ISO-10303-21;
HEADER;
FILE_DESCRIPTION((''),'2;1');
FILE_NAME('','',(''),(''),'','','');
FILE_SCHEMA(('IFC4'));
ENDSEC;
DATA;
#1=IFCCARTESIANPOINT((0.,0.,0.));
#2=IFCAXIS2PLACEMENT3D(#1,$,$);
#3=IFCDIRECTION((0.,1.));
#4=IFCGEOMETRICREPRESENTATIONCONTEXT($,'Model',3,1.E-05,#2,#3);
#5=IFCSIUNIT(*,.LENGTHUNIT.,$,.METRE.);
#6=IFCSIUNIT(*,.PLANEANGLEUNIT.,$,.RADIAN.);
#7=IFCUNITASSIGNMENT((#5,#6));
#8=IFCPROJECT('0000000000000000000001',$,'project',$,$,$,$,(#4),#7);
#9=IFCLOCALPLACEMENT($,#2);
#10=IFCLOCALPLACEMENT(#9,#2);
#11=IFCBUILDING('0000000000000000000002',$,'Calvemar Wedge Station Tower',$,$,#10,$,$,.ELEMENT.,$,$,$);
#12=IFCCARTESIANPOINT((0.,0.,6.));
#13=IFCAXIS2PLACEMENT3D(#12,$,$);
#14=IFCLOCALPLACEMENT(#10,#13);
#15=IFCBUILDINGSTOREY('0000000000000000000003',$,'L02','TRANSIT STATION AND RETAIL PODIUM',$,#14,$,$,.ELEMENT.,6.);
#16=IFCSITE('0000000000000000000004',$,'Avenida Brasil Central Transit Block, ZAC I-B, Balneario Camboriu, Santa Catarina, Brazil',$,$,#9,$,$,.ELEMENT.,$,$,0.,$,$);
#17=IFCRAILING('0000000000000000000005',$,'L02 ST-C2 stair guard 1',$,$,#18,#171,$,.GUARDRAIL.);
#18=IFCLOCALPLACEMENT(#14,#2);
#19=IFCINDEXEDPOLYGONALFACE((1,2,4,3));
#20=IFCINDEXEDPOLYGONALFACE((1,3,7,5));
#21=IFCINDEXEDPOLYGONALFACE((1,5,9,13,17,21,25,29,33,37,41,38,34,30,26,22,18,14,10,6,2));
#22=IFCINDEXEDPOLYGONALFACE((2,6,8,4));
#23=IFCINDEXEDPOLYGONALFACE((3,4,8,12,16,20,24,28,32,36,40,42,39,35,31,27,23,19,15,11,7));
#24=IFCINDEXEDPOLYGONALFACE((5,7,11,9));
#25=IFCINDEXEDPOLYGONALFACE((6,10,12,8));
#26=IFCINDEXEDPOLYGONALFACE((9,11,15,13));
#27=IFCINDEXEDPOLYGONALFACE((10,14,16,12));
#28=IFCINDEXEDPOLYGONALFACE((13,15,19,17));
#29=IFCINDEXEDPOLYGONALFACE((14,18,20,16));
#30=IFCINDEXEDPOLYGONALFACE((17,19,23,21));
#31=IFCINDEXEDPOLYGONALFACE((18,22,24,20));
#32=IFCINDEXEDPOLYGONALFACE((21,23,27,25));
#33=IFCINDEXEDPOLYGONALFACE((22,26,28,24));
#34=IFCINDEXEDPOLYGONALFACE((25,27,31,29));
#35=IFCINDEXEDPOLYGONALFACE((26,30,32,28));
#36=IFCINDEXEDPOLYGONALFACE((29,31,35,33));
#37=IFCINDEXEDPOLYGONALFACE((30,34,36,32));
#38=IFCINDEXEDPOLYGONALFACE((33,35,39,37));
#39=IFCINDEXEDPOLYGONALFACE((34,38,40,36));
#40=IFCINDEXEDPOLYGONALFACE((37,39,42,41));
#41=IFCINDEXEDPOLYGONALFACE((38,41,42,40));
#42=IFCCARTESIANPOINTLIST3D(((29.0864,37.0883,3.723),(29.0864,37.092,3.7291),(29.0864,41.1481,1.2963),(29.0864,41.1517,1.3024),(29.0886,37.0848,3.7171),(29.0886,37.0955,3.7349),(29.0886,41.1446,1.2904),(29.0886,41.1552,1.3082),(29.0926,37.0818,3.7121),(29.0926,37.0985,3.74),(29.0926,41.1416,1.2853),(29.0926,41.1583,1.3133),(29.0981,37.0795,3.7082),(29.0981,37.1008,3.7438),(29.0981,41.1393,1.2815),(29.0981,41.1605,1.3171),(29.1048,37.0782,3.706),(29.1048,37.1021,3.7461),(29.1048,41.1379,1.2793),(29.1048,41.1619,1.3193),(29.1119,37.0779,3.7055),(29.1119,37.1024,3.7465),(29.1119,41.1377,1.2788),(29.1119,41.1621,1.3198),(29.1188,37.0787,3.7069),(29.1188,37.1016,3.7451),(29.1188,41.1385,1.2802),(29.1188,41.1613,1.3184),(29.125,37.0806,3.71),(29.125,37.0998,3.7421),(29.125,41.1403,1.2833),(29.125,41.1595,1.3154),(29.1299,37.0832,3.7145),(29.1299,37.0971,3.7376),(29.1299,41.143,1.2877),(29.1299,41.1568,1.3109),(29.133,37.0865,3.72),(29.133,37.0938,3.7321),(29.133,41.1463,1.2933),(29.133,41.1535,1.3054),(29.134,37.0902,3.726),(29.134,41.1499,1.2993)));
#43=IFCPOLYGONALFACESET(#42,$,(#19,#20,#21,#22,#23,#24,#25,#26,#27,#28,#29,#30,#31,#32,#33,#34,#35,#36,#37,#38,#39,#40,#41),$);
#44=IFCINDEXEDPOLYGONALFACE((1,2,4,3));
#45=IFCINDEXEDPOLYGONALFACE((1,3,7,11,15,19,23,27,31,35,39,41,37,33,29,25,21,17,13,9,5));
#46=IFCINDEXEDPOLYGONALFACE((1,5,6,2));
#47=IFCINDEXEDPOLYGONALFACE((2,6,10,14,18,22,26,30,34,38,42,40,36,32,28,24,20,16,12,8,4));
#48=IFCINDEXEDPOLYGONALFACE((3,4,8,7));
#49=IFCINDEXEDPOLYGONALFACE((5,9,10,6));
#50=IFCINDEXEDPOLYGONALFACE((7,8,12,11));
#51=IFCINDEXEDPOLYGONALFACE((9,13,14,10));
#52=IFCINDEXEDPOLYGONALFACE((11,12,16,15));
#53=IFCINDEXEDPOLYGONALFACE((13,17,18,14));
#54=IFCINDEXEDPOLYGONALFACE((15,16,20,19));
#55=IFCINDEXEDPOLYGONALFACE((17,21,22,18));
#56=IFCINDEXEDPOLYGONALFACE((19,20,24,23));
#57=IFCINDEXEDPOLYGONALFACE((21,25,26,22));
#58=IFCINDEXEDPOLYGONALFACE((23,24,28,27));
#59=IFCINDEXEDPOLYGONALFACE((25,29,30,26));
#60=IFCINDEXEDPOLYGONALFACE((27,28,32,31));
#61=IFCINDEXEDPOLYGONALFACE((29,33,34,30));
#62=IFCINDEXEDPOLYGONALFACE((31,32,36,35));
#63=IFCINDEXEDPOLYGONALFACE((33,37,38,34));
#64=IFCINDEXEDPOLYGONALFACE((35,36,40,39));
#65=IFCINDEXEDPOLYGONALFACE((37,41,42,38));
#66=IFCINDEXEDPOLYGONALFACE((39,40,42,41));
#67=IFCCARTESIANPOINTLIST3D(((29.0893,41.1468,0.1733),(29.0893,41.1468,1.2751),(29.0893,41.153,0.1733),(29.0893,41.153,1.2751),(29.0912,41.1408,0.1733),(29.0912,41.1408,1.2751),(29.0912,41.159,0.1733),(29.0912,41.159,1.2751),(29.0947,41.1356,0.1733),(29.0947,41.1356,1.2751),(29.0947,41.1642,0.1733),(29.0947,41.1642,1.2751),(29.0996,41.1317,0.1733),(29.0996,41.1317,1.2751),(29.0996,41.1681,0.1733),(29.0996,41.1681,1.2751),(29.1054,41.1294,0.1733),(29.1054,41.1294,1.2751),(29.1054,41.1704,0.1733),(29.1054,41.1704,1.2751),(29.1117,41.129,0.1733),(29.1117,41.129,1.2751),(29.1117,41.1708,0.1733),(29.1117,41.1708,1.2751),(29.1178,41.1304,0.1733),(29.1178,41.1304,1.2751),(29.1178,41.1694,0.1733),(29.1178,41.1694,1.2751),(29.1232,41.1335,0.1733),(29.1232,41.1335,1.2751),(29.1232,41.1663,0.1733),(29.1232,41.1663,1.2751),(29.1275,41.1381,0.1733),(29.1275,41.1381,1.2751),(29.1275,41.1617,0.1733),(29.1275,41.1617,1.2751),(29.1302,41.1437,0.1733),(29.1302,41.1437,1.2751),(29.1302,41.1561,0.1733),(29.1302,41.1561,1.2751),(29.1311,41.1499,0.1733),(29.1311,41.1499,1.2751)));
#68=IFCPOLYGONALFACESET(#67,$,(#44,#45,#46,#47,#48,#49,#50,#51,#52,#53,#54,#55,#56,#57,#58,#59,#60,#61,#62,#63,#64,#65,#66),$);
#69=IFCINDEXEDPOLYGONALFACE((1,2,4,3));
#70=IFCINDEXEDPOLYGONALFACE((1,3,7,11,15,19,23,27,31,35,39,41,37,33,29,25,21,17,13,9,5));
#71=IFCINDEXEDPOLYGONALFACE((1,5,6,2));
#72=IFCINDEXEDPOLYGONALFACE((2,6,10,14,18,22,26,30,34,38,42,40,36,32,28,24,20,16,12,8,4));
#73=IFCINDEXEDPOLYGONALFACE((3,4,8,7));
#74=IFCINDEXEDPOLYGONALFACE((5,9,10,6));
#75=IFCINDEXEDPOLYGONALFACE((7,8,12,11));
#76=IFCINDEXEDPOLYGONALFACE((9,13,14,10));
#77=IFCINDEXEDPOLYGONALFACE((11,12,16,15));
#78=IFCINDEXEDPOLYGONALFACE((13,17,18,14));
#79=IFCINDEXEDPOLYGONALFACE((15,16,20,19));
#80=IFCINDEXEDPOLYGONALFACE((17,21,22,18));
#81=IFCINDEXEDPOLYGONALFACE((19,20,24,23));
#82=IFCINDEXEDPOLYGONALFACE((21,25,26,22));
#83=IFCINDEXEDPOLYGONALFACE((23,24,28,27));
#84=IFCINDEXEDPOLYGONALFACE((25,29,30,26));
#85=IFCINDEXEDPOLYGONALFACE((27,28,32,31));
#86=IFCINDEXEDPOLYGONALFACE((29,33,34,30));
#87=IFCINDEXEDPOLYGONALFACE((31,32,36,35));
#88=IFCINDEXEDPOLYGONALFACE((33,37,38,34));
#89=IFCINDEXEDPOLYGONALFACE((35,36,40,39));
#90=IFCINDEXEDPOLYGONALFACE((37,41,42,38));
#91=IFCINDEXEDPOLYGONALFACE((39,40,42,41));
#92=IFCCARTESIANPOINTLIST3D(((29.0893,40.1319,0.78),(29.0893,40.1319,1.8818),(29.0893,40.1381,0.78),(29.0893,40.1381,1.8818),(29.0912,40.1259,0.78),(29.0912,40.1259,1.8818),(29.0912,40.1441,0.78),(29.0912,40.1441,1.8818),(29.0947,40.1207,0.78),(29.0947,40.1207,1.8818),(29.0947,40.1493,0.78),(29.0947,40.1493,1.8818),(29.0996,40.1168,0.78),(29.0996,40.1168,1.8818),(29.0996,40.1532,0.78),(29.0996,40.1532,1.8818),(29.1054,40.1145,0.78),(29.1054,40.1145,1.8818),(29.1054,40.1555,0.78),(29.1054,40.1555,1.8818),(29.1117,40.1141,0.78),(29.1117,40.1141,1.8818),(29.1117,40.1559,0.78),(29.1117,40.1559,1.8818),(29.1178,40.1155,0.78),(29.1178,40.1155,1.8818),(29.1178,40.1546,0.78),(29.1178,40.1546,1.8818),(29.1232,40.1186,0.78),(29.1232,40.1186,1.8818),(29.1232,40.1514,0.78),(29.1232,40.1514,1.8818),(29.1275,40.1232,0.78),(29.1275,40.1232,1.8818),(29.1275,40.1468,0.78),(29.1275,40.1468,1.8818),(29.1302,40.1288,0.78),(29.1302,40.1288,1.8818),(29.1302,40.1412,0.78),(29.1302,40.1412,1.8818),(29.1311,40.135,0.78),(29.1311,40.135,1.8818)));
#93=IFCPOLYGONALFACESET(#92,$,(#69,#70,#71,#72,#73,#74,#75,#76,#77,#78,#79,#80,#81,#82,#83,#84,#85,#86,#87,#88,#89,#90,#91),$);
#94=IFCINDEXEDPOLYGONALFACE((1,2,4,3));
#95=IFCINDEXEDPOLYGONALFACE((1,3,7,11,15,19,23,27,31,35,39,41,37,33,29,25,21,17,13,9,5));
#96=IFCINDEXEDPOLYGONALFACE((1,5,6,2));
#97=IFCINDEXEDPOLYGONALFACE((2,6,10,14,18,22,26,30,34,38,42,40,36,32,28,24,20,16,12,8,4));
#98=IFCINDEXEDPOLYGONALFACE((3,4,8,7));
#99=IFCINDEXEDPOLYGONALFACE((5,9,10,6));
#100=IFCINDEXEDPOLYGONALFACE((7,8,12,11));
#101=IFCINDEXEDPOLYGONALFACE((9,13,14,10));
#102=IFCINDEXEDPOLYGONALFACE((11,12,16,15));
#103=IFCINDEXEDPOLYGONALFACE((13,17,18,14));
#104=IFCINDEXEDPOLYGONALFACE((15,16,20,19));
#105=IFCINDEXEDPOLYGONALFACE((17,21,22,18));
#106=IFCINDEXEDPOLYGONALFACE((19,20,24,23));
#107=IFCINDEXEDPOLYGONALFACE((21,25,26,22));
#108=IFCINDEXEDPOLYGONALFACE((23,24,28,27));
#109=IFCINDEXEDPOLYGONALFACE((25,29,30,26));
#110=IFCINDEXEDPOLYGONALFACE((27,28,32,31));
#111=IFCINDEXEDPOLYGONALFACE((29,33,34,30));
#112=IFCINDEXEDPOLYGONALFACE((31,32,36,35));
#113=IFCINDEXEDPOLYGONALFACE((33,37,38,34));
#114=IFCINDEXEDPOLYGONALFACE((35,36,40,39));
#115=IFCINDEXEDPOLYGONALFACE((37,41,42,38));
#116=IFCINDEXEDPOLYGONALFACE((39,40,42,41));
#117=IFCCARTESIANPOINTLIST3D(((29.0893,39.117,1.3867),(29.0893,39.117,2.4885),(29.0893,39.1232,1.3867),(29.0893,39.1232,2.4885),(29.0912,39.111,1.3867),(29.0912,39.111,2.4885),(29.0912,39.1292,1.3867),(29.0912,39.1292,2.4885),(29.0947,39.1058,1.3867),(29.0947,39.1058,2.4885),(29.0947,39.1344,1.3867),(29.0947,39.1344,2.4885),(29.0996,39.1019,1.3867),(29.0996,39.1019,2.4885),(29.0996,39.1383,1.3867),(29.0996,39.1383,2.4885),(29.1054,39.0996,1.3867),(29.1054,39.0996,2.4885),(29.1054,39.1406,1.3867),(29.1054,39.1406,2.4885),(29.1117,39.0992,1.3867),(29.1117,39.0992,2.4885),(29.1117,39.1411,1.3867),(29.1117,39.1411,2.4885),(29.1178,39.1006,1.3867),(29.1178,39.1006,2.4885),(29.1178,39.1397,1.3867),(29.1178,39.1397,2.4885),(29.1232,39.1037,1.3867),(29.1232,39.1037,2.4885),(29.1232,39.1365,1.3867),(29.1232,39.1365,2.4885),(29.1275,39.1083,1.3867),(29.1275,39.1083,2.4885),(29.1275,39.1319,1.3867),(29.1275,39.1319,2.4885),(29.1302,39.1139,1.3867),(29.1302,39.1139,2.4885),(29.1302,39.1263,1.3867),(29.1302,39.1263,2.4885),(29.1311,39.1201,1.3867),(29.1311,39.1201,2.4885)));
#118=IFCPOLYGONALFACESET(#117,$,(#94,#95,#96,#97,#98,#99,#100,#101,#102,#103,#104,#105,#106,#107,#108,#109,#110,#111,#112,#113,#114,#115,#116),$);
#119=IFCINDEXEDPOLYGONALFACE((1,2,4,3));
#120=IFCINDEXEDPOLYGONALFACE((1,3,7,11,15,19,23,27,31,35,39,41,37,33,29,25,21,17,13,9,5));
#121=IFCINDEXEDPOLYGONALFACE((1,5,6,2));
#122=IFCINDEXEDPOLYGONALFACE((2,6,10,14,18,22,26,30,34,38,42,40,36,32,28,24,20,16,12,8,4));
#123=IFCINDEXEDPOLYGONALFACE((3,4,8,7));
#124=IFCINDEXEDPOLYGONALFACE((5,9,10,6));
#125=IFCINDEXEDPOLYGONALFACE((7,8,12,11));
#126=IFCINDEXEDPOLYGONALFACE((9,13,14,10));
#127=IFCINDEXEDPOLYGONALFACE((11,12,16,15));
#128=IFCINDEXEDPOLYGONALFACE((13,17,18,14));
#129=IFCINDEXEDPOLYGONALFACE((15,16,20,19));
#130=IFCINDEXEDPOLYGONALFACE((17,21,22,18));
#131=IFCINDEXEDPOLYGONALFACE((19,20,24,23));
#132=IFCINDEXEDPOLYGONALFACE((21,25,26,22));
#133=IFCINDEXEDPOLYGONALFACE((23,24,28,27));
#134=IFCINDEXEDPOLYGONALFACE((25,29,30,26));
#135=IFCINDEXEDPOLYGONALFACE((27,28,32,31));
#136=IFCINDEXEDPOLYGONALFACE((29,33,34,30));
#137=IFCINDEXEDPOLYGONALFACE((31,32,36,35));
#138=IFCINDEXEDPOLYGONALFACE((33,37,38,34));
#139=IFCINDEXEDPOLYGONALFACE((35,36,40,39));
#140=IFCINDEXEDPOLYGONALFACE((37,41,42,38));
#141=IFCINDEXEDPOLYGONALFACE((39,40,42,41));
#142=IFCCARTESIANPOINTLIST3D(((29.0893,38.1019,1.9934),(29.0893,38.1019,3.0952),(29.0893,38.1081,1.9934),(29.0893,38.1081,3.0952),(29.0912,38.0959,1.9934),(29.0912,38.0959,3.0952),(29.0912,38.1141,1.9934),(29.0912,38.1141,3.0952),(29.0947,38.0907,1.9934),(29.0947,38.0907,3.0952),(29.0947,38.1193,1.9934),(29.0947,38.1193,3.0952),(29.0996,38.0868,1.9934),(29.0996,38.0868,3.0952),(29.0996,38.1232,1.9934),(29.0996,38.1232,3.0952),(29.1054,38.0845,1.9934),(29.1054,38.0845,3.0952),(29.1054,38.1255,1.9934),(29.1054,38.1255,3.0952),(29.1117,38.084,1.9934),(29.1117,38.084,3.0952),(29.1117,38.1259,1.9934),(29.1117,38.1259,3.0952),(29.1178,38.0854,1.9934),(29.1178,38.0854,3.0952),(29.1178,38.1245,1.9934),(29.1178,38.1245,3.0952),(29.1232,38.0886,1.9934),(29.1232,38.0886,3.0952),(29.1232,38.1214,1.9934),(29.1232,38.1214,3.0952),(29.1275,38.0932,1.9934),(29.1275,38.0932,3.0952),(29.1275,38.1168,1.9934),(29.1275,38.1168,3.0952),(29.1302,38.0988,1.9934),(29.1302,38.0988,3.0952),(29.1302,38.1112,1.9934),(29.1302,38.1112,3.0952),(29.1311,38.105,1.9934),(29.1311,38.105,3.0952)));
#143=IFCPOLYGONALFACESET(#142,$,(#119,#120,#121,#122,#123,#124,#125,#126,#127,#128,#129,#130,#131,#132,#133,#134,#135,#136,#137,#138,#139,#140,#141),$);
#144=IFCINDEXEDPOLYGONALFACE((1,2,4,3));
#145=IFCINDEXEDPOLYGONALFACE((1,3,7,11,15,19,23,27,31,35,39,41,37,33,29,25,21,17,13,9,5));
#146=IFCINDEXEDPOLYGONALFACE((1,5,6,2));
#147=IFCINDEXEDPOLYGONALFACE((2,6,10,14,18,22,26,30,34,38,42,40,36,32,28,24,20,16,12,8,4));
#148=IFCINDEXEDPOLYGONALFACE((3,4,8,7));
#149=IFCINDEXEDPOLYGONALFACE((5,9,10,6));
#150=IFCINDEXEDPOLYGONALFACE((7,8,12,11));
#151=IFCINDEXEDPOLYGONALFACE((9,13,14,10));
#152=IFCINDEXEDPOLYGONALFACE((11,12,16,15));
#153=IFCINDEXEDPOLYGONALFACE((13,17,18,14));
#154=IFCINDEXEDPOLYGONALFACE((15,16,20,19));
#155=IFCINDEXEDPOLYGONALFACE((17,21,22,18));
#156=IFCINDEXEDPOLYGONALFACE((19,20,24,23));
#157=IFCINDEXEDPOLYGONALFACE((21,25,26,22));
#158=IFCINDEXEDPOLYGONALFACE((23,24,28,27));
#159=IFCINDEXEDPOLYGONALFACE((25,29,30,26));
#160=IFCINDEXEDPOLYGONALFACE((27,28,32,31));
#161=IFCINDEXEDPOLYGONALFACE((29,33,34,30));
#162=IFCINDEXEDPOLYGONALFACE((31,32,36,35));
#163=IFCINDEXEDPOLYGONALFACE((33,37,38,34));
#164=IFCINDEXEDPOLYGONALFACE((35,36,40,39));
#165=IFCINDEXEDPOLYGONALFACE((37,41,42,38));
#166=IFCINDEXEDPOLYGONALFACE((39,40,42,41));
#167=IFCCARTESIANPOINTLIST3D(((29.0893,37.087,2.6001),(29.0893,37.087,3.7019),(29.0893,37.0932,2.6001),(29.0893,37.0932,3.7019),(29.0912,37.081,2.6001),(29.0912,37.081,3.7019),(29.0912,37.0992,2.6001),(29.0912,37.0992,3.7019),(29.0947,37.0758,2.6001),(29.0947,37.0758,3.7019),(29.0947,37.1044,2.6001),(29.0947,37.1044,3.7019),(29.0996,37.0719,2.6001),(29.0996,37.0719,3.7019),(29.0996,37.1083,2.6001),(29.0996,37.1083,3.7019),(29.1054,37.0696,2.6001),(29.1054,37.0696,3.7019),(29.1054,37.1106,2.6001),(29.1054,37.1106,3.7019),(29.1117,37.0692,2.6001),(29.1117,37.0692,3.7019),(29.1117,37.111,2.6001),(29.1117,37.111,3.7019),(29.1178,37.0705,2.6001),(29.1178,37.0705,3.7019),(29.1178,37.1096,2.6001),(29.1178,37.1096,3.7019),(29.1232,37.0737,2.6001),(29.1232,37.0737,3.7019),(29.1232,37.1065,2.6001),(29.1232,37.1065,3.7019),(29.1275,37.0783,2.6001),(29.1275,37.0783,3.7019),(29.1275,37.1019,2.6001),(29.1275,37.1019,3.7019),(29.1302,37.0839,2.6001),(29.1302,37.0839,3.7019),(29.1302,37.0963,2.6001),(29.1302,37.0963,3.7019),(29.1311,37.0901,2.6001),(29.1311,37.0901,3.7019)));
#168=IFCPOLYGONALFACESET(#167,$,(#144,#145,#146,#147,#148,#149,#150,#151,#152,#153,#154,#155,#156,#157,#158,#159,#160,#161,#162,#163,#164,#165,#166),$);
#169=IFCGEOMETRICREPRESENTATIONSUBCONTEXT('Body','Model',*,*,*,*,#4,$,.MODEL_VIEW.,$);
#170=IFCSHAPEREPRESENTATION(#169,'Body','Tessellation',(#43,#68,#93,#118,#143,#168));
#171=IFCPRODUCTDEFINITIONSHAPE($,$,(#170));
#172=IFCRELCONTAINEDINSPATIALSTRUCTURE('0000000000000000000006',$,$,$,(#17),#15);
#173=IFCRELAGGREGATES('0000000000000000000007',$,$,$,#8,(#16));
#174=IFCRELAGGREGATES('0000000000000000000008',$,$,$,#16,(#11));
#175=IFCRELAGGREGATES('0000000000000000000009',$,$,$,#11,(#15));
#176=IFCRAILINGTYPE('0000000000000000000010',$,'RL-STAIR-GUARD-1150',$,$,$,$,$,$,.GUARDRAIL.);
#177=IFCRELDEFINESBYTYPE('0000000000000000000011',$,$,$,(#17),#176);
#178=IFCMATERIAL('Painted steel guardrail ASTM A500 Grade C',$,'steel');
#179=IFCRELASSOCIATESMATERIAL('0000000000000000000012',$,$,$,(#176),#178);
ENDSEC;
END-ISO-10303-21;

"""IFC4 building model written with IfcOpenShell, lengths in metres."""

from ifc_helpers import new_model, si_unit, direction, frame, origin, origin_2d, place, context, subcontext, project, spatial, circle, extrude, material, type_object, element, save


model = new_model("IFC4")

# Units and contexts
model_context = context("Model", 3, precision=1e-05, world=origin(), true_north=direction((0.0, 1.0)))
body_context = subcontext(model_context, "Body", "Model", "MODEL_VIEW")
ifc_project = project(units=[si_unit("LENGTHUNIT", "METRE"), si_unit("PLANEANGLEUNIT", "RADIAN")], contexts=[model_context])

# Site, building, storey
site_placement = place(None, origin())
site = spatial("IfcSite", under=ifc_project, at=site_placement, Name="Avenida Brasil Central Transit Block, ZAC I-B, Balneario Camboriu, Santa Catarina, Brazil", CompositionType="ELEMENT", RefElevation=0.0)
building_placement = place(site_placement, origin())
building = spatial("IfcBuilding", under=site, at=building_placement, Name="Calvemar Wedge Station Tower", CompositionType="ELEMENT")
storey_placement = place(building_placement, frame((0.0, 0.0, 6.0)))
storey = spatial("IfcBuildingStorey", under=building, at=storey_placement, Name="L02", Description="TRANSIT STATION AND RETAIL PODIUM", CompositionType="ELEMENT", Elevation=6.0)

# Railing
ifc_material_1 = material(Name="Painted steel guardrail ASTM A500 Grade C", Category="steel")
railing_type_1 = type_object("IfcRailingType", Name="RL-STAIR-GUARD-1150", PredefinedType="GUARDRAIL", material=ifc_material_1)
railing_1_placement = place(storey_placement, frame((29.1101, 41.1499, 0.1733)))
element("IfcRailing", 1, at=railing_1_placement, inside=storey, type_object=railing_type_1, Name="L02 ST-C2 stair guard 1", PredefinedType="GUARDRAIL", context=body_context, shape_type="SweptSolid", body=[
    extrude(circle(Radius=0.0239, at=origin_2d()), frame((0.0, 0.0, 1.126), z_axis=(0.0, -0.858343, 0.513076), x_axis=(1.0, 0.0, 0.0)), (0.0, 0.0, 1.0), 4.7297),
    extrude(circle(Radius=0.021, at=origin_2d()), origin(), (0.0, 0.0, 1.0), 1.1018),
    extrude(circle(Radius=0.021, at=origin_2d()), frame((0.0, -1.0149, 0.6067)), (0.0, 0.0, 1.0), 1.1018),
    extrude(circle(Radius=0.021, at=origin_2d()), frame((0.0, -2.0298, 1.2134)), (0.0, 0.0, 1.0), 1.1018),
    extrude(circle(Radius=0.021, at=origin_2d()), frame((0.0, -3.0449, 1.8201)), (0.0, 0.0, 1.0), 1.1018),
    extrude(circle(Radius=0.021, at=origin_2d()), frame((0.0, -4.0598, 2.4268)), (0.0, 0.0, 1.0), 1.1018),
])

save(model, "model.ifc")
